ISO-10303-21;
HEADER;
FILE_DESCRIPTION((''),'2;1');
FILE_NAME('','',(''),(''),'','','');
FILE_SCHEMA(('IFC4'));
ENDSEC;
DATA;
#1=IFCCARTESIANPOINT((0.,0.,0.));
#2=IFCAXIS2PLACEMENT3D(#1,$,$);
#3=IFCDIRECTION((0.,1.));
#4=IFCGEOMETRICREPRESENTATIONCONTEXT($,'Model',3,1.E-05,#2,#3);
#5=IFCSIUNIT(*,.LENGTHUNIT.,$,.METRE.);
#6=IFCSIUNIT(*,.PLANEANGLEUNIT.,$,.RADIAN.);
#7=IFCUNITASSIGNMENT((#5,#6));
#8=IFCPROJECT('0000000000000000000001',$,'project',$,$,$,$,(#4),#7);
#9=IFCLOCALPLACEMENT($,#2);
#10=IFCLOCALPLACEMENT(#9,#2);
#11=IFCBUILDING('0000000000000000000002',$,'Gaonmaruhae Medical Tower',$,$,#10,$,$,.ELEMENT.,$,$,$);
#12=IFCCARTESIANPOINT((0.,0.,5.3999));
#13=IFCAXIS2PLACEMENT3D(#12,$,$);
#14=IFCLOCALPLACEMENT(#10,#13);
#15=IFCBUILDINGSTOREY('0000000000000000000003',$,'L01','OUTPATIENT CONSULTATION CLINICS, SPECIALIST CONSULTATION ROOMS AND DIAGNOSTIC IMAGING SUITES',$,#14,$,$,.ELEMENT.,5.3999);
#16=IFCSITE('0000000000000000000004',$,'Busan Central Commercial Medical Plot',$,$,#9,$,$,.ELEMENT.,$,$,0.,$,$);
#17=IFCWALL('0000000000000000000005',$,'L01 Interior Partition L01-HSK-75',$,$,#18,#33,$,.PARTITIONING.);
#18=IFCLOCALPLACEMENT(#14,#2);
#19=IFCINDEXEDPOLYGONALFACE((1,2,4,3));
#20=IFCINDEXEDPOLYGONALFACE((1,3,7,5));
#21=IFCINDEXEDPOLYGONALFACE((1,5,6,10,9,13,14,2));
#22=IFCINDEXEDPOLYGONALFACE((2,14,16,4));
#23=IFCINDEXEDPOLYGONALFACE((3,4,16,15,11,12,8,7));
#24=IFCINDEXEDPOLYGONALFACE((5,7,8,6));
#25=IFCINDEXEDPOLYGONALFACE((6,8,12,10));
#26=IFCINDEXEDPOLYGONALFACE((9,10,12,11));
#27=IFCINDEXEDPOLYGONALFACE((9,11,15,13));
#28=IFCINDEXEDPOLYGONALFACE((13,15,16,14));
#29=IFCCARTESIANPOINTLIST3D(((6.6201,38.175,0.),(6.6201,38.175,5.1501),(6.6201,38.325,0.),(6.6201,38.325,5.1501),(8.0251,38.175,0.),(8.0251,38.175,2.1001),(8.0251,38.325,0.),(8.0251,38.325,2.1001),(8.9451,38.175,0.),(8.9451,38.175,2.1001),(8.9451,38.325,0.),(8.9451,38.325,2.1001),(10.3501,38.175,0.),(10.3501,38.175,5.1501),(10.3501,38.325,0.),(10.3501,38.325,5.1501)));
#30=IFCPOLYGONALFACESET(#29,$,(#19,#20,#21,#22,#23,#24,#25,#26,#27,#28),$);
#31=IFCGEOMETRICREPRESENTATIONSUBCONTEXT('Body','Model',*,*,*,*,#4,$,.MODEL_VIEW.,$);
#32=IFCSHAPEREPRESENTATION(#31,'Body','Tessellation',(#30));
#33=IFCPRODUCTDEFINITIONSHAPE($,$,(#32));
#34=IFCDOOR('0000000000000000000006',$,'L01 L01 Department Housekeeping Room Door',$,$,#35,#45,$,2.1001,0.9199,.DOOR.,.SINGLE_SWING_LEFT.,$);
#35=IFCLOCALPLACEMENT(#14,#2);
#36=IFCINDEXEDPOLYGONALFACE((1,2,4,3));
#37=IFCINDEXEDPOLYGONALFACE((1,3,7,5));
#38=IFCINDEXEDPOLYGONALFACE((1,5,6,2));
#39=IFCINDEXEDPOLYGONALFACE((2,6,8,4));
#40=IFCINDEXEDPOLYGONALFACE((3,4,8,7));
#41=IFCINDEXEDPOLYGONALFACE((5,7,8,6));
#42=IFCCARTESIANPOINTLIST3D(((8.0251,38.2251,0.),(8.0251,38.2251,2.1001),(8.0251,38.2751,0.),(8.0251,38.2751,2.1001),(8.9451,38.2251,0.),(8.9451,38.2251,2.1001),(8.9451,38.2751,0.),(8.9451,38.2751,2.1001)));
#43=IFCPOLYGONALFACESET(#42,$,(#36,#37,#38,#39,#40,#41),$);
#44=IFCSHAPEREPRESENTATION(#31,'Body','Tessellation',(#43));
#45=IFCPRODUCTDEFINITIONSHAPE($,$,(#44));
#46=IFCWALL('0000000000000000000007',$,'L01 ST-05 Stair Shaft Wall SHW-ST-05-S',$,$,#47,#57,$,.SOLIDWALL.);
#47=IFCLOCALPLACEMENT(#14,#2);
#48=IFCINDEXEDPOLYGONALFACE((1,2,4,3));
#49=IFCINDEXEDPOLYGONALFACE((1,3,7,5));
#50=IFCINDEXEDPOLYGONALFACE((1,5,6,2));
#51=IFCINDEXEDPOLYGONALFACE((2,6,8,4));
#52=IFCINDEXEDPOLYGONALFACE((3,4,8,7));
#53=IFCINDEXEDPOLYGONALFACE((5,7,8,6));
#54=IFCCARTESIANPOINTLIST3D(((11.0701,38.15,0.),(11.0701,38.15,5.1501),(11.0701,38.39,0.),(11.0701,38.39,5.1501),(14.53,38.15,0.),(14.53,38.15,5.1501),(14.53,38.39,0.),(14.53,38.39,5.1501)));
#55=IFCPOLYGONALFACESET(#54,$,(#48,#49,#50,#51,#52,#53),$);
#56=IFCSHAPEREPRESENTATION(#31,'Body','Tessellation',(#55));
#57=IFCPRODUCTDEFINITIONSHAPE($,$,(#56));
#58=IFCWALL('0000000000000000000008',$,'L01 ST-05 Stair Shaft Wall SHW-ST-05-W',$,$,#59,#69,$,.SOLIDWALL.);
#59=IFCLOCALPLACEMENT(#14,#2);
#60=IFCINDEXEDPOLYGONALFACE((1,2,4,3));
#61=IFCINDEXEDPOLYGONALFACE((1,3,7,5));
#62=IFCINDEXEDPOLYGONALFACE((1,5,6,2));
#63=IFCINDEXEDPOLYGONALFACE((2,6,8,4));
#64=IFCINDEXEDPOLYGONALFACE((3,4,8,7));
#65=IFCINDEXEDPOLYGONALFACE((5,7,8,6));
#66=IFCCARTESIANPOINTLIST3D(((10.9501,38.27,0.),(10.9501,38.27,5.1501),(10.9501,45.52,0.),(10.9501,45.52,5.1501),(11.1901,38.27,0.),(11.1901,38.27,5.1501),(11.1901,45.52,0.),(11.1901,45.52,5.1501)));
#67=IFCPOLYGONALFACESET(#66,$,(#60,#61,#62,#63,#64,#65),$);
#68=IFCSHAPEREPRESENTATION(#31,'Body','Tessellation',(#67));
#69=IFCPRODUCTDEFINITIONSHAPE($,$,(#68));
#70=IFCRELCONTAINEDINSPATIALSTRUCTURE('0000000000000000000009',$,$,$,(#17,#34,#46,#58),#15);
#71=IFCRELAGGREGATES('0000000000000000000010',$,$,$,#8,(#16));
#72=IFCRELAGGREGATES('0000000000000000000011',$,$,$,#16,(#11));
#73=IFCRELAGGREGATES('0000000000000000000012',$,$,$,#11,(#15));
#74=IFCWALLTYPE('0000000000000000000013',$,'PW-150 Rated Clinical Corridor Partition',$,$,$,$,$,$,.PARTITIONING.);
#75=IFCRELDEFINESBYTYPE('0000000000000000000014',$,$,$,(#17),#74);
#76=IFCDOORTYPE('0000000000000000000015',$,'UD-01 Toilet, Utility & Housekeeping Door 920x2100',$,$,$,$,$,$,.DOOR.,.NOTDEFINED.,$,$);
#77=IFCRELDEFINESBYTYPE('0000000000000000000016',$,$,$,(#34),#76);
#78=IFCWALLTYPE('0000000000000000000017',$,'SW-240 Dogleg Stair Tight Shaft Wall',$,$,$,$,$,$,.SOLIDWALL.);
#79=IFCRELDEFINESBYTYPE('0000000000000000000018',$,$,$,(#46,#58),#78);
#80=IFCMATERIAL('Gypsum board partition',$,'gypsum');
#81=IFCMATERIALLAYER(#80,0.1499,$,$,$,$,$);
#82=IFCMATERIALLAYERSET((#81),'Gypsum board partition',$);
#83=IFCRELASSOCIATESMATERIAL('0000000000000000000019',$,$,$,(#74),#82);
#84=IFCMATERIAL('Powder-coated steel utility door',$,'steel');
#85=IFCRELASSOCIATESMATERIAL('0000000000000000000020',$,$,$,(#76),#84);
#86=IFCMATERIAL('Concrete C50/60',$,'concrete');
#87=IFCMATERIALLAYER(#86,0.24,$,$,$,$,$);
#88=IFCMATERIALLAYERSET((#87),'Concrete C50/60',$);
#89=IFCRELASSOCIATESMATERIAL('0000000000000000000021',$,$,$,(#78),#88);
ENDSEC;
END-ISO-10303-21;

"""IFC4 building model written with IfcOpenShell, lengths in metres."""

from ifc_helpers import new_model, si_unit, direction, frame, frame_2d, origin, place, context, subcontext, project, spatial, rectangle, extrude, material, layer, layer_set, type_object, element, fill, save


model = new_model("IFC4")

# Units and contexts
model_context = context("Model", 3, precision=1e-05, world=origin(), true_north=direction((0.0, 1.0)))
body_context = subcontext(model_context, "Body", "Model", "MODEL_VIEW")
ifc_project = project(units=[si_unit("LENGTHUNIT", "METRE"), si_unit("PLANEANGLEUNIT", "RADIAN")], contexts=[model_context])

# Site, building, storey
site_placement = place(None, origin())
site = spatial("IfcSite", under=ifc_project, at=site_placement, Name="Busan Central Commercial Medical Plot", CompositionType="ELEMENT", RefElevation=0.0)
building_placement = place(site_placement, origin())
building = spatial("IfcBuilding", under=site, at=building_placement, Name="Gaonmaruhae Medical Tower", CompositionType="ELEMENT")
storey_placement = place(building_placement, frame((0.0, 0.0, 5.3999)))
storey = spatial("IfcBuildingStorey", under=building, at=storey_placement, Name="L01", Description="OUTPATIENT CONSULTATION CLINICS, SPECIALIST CONSULTATION ROOMS AND DIAGNOSTIC IMAGING SUITES", CompositionType="ELEMENT", Elevation=5.3999)

# Shared definitions
ifc_material_1 = material(Name="Concrete C50/60", Category="concrete")

# Shared definitions
ifc_material_2 = material(Name="Gypsum board partition", Category="gypsum")
ifc_layer_1 = layer(ifc_material_2, 0.1499)
ifc_layer_set_1 = layer_set([ifc_layer_1], Name="Gypsum board partition")
wall_type_1 = type_object("IfcWallType", Name="PW-150 Rated Clinical Corridor Partition", PredefinedType="PARTITIONING", material=ifc_layer_set_1)

# Wall, opening, door
wall_1_placement = place(storey_placement, frame((10.3501, 38.25, 0.0), z_axis=(0.0, 0.0, 1.0), x_axis=(-1.0, 0.0, 0.0)))
wall_1 = element("IfcWall", 1, at=wall_1_placement, inside=storey, type_object=wall_type_1, Name="L01 Interior Partition L01-HSK-75", PredefinedType="PARTITIONING", context=body_context, shape_type="SweptSolid", body=[
    extrude(rectangle(XDim=3.73, YDim=0.1499, at=frame_2d((1.865, 0.0))), origin(), (0.0, 0.0, 1.0), 5.1501),
])
opening_1_placement = place(wall_1_placement, frame((1.405, 0.0, 0.0)))
opening_1 = element("IfcOpeningElement", 2, at=opening_1_placement, cuts=wall_1, PredefinedType="OPENING", context=body_context, shape_type="SweptSolid", body=[
    extrude(rectangle(XDim=0.9199, YDim=2.1001, at=frame_2d((0.46, 1.05))), frame((0.0, 0.085, 0.0), z_axis=(0.0, -1.0, 0.0), x_axis=(1.0, 0.0, 0.0)), (0.0, 0.0, 1.0), 0.1699),
])
ifc_material_3 = material(Name="Powder-coated steel utility door", Category="steel")
door_type_1 = type_object("IfcDoorType", Name="UD-01 Toilet, Utility & Housekeeping Door 920x2100", OperationType="NOTDEFINED", PredefinedType="DOOR", material=ifc_material_3)
door_1_placement = place(opening_1_placement, origin())
door_1 = element("IfcDoor", 3, at=door_1_placement, inside=storey, type_object=door_type_1, Name="L01 L01 Department Housekeeping Room Door", OperationType="SINGLE_SWING_LEFT", OverallHeight=2.1001, OverallWidth=0.9199, PredefinedType="DOOR", context=body_context, shape_type="SweptSolid", body=[
    extrude(rectangle(XDim=0.9199, YDim=2.1001, at=frame_2d((0.46, 1.05))), frame((0.0, 0.0249, 0.0), z_axis=(0.0, -1.0, 0.0), x_axis=(1.0, 0.0, 0.0)), (0.0, 0.0, 1.0), 0.05),
])
fill(opening_1, door_1)

# Walls
ifc_layer_2 = layer(ifc_material_1, 0.24)
ifc_layer_set_2 = layer_set([ifc_layer_2], Name="Concrete C50/60")
wall_type_2 = type_object("IfcWallType", Name="SW-240 Dogleg Stair Tight Shaft Wall", PredefinedType="SOLIDWALL", material=ifc_layer_set_2)
wall_2_placement = place(storey_placement, frame((14.53, 38.27, 0.0), z_axis=(0.0, 0.0, 1.0), x_axis=(-1.0, 0.0, 0.0)))
element("IfcWall", 4, at=wall_2_placement, inside=storey, type_object=wall_type_2, Name="L01 ST-05 Stair Shaft Wall SHW-ST-05-S", PredefinedType="SOLIDWALL", context=body_context, shape_type="SweptSolid", body=[
    extrude(rectangle(XDim=3.46, YDim=0.24, at=frame_2d((1.73, 0.0))), origin(), (0.0, 0.0, 1.0), 5.1501),
])
wall_3_placement = place(storey_placement, frame((11.0701, 38.27, 0.0), z_axis=(0.0, 0.0, 1.0), x_axis=(0.0, 1.0, 0.0)))
element("IfcWall", 5, at=wall_3_placement, inside=storey, type_object=wall_type_2, Name="L01 ST-05 Stair Shaft Wall SHW-ST-05-W", PredefinedType="SOLIDWALL", context=body_context, shape_type="SweptSolid", body=[
    extrude(rectangle(XDim=7.25, YDim=0.24, at=frame_2d((3.625, 0.0))), origin(), (0.0, 0.0, 1.0), 5.1501),
])

save(model, "model.ifc")
